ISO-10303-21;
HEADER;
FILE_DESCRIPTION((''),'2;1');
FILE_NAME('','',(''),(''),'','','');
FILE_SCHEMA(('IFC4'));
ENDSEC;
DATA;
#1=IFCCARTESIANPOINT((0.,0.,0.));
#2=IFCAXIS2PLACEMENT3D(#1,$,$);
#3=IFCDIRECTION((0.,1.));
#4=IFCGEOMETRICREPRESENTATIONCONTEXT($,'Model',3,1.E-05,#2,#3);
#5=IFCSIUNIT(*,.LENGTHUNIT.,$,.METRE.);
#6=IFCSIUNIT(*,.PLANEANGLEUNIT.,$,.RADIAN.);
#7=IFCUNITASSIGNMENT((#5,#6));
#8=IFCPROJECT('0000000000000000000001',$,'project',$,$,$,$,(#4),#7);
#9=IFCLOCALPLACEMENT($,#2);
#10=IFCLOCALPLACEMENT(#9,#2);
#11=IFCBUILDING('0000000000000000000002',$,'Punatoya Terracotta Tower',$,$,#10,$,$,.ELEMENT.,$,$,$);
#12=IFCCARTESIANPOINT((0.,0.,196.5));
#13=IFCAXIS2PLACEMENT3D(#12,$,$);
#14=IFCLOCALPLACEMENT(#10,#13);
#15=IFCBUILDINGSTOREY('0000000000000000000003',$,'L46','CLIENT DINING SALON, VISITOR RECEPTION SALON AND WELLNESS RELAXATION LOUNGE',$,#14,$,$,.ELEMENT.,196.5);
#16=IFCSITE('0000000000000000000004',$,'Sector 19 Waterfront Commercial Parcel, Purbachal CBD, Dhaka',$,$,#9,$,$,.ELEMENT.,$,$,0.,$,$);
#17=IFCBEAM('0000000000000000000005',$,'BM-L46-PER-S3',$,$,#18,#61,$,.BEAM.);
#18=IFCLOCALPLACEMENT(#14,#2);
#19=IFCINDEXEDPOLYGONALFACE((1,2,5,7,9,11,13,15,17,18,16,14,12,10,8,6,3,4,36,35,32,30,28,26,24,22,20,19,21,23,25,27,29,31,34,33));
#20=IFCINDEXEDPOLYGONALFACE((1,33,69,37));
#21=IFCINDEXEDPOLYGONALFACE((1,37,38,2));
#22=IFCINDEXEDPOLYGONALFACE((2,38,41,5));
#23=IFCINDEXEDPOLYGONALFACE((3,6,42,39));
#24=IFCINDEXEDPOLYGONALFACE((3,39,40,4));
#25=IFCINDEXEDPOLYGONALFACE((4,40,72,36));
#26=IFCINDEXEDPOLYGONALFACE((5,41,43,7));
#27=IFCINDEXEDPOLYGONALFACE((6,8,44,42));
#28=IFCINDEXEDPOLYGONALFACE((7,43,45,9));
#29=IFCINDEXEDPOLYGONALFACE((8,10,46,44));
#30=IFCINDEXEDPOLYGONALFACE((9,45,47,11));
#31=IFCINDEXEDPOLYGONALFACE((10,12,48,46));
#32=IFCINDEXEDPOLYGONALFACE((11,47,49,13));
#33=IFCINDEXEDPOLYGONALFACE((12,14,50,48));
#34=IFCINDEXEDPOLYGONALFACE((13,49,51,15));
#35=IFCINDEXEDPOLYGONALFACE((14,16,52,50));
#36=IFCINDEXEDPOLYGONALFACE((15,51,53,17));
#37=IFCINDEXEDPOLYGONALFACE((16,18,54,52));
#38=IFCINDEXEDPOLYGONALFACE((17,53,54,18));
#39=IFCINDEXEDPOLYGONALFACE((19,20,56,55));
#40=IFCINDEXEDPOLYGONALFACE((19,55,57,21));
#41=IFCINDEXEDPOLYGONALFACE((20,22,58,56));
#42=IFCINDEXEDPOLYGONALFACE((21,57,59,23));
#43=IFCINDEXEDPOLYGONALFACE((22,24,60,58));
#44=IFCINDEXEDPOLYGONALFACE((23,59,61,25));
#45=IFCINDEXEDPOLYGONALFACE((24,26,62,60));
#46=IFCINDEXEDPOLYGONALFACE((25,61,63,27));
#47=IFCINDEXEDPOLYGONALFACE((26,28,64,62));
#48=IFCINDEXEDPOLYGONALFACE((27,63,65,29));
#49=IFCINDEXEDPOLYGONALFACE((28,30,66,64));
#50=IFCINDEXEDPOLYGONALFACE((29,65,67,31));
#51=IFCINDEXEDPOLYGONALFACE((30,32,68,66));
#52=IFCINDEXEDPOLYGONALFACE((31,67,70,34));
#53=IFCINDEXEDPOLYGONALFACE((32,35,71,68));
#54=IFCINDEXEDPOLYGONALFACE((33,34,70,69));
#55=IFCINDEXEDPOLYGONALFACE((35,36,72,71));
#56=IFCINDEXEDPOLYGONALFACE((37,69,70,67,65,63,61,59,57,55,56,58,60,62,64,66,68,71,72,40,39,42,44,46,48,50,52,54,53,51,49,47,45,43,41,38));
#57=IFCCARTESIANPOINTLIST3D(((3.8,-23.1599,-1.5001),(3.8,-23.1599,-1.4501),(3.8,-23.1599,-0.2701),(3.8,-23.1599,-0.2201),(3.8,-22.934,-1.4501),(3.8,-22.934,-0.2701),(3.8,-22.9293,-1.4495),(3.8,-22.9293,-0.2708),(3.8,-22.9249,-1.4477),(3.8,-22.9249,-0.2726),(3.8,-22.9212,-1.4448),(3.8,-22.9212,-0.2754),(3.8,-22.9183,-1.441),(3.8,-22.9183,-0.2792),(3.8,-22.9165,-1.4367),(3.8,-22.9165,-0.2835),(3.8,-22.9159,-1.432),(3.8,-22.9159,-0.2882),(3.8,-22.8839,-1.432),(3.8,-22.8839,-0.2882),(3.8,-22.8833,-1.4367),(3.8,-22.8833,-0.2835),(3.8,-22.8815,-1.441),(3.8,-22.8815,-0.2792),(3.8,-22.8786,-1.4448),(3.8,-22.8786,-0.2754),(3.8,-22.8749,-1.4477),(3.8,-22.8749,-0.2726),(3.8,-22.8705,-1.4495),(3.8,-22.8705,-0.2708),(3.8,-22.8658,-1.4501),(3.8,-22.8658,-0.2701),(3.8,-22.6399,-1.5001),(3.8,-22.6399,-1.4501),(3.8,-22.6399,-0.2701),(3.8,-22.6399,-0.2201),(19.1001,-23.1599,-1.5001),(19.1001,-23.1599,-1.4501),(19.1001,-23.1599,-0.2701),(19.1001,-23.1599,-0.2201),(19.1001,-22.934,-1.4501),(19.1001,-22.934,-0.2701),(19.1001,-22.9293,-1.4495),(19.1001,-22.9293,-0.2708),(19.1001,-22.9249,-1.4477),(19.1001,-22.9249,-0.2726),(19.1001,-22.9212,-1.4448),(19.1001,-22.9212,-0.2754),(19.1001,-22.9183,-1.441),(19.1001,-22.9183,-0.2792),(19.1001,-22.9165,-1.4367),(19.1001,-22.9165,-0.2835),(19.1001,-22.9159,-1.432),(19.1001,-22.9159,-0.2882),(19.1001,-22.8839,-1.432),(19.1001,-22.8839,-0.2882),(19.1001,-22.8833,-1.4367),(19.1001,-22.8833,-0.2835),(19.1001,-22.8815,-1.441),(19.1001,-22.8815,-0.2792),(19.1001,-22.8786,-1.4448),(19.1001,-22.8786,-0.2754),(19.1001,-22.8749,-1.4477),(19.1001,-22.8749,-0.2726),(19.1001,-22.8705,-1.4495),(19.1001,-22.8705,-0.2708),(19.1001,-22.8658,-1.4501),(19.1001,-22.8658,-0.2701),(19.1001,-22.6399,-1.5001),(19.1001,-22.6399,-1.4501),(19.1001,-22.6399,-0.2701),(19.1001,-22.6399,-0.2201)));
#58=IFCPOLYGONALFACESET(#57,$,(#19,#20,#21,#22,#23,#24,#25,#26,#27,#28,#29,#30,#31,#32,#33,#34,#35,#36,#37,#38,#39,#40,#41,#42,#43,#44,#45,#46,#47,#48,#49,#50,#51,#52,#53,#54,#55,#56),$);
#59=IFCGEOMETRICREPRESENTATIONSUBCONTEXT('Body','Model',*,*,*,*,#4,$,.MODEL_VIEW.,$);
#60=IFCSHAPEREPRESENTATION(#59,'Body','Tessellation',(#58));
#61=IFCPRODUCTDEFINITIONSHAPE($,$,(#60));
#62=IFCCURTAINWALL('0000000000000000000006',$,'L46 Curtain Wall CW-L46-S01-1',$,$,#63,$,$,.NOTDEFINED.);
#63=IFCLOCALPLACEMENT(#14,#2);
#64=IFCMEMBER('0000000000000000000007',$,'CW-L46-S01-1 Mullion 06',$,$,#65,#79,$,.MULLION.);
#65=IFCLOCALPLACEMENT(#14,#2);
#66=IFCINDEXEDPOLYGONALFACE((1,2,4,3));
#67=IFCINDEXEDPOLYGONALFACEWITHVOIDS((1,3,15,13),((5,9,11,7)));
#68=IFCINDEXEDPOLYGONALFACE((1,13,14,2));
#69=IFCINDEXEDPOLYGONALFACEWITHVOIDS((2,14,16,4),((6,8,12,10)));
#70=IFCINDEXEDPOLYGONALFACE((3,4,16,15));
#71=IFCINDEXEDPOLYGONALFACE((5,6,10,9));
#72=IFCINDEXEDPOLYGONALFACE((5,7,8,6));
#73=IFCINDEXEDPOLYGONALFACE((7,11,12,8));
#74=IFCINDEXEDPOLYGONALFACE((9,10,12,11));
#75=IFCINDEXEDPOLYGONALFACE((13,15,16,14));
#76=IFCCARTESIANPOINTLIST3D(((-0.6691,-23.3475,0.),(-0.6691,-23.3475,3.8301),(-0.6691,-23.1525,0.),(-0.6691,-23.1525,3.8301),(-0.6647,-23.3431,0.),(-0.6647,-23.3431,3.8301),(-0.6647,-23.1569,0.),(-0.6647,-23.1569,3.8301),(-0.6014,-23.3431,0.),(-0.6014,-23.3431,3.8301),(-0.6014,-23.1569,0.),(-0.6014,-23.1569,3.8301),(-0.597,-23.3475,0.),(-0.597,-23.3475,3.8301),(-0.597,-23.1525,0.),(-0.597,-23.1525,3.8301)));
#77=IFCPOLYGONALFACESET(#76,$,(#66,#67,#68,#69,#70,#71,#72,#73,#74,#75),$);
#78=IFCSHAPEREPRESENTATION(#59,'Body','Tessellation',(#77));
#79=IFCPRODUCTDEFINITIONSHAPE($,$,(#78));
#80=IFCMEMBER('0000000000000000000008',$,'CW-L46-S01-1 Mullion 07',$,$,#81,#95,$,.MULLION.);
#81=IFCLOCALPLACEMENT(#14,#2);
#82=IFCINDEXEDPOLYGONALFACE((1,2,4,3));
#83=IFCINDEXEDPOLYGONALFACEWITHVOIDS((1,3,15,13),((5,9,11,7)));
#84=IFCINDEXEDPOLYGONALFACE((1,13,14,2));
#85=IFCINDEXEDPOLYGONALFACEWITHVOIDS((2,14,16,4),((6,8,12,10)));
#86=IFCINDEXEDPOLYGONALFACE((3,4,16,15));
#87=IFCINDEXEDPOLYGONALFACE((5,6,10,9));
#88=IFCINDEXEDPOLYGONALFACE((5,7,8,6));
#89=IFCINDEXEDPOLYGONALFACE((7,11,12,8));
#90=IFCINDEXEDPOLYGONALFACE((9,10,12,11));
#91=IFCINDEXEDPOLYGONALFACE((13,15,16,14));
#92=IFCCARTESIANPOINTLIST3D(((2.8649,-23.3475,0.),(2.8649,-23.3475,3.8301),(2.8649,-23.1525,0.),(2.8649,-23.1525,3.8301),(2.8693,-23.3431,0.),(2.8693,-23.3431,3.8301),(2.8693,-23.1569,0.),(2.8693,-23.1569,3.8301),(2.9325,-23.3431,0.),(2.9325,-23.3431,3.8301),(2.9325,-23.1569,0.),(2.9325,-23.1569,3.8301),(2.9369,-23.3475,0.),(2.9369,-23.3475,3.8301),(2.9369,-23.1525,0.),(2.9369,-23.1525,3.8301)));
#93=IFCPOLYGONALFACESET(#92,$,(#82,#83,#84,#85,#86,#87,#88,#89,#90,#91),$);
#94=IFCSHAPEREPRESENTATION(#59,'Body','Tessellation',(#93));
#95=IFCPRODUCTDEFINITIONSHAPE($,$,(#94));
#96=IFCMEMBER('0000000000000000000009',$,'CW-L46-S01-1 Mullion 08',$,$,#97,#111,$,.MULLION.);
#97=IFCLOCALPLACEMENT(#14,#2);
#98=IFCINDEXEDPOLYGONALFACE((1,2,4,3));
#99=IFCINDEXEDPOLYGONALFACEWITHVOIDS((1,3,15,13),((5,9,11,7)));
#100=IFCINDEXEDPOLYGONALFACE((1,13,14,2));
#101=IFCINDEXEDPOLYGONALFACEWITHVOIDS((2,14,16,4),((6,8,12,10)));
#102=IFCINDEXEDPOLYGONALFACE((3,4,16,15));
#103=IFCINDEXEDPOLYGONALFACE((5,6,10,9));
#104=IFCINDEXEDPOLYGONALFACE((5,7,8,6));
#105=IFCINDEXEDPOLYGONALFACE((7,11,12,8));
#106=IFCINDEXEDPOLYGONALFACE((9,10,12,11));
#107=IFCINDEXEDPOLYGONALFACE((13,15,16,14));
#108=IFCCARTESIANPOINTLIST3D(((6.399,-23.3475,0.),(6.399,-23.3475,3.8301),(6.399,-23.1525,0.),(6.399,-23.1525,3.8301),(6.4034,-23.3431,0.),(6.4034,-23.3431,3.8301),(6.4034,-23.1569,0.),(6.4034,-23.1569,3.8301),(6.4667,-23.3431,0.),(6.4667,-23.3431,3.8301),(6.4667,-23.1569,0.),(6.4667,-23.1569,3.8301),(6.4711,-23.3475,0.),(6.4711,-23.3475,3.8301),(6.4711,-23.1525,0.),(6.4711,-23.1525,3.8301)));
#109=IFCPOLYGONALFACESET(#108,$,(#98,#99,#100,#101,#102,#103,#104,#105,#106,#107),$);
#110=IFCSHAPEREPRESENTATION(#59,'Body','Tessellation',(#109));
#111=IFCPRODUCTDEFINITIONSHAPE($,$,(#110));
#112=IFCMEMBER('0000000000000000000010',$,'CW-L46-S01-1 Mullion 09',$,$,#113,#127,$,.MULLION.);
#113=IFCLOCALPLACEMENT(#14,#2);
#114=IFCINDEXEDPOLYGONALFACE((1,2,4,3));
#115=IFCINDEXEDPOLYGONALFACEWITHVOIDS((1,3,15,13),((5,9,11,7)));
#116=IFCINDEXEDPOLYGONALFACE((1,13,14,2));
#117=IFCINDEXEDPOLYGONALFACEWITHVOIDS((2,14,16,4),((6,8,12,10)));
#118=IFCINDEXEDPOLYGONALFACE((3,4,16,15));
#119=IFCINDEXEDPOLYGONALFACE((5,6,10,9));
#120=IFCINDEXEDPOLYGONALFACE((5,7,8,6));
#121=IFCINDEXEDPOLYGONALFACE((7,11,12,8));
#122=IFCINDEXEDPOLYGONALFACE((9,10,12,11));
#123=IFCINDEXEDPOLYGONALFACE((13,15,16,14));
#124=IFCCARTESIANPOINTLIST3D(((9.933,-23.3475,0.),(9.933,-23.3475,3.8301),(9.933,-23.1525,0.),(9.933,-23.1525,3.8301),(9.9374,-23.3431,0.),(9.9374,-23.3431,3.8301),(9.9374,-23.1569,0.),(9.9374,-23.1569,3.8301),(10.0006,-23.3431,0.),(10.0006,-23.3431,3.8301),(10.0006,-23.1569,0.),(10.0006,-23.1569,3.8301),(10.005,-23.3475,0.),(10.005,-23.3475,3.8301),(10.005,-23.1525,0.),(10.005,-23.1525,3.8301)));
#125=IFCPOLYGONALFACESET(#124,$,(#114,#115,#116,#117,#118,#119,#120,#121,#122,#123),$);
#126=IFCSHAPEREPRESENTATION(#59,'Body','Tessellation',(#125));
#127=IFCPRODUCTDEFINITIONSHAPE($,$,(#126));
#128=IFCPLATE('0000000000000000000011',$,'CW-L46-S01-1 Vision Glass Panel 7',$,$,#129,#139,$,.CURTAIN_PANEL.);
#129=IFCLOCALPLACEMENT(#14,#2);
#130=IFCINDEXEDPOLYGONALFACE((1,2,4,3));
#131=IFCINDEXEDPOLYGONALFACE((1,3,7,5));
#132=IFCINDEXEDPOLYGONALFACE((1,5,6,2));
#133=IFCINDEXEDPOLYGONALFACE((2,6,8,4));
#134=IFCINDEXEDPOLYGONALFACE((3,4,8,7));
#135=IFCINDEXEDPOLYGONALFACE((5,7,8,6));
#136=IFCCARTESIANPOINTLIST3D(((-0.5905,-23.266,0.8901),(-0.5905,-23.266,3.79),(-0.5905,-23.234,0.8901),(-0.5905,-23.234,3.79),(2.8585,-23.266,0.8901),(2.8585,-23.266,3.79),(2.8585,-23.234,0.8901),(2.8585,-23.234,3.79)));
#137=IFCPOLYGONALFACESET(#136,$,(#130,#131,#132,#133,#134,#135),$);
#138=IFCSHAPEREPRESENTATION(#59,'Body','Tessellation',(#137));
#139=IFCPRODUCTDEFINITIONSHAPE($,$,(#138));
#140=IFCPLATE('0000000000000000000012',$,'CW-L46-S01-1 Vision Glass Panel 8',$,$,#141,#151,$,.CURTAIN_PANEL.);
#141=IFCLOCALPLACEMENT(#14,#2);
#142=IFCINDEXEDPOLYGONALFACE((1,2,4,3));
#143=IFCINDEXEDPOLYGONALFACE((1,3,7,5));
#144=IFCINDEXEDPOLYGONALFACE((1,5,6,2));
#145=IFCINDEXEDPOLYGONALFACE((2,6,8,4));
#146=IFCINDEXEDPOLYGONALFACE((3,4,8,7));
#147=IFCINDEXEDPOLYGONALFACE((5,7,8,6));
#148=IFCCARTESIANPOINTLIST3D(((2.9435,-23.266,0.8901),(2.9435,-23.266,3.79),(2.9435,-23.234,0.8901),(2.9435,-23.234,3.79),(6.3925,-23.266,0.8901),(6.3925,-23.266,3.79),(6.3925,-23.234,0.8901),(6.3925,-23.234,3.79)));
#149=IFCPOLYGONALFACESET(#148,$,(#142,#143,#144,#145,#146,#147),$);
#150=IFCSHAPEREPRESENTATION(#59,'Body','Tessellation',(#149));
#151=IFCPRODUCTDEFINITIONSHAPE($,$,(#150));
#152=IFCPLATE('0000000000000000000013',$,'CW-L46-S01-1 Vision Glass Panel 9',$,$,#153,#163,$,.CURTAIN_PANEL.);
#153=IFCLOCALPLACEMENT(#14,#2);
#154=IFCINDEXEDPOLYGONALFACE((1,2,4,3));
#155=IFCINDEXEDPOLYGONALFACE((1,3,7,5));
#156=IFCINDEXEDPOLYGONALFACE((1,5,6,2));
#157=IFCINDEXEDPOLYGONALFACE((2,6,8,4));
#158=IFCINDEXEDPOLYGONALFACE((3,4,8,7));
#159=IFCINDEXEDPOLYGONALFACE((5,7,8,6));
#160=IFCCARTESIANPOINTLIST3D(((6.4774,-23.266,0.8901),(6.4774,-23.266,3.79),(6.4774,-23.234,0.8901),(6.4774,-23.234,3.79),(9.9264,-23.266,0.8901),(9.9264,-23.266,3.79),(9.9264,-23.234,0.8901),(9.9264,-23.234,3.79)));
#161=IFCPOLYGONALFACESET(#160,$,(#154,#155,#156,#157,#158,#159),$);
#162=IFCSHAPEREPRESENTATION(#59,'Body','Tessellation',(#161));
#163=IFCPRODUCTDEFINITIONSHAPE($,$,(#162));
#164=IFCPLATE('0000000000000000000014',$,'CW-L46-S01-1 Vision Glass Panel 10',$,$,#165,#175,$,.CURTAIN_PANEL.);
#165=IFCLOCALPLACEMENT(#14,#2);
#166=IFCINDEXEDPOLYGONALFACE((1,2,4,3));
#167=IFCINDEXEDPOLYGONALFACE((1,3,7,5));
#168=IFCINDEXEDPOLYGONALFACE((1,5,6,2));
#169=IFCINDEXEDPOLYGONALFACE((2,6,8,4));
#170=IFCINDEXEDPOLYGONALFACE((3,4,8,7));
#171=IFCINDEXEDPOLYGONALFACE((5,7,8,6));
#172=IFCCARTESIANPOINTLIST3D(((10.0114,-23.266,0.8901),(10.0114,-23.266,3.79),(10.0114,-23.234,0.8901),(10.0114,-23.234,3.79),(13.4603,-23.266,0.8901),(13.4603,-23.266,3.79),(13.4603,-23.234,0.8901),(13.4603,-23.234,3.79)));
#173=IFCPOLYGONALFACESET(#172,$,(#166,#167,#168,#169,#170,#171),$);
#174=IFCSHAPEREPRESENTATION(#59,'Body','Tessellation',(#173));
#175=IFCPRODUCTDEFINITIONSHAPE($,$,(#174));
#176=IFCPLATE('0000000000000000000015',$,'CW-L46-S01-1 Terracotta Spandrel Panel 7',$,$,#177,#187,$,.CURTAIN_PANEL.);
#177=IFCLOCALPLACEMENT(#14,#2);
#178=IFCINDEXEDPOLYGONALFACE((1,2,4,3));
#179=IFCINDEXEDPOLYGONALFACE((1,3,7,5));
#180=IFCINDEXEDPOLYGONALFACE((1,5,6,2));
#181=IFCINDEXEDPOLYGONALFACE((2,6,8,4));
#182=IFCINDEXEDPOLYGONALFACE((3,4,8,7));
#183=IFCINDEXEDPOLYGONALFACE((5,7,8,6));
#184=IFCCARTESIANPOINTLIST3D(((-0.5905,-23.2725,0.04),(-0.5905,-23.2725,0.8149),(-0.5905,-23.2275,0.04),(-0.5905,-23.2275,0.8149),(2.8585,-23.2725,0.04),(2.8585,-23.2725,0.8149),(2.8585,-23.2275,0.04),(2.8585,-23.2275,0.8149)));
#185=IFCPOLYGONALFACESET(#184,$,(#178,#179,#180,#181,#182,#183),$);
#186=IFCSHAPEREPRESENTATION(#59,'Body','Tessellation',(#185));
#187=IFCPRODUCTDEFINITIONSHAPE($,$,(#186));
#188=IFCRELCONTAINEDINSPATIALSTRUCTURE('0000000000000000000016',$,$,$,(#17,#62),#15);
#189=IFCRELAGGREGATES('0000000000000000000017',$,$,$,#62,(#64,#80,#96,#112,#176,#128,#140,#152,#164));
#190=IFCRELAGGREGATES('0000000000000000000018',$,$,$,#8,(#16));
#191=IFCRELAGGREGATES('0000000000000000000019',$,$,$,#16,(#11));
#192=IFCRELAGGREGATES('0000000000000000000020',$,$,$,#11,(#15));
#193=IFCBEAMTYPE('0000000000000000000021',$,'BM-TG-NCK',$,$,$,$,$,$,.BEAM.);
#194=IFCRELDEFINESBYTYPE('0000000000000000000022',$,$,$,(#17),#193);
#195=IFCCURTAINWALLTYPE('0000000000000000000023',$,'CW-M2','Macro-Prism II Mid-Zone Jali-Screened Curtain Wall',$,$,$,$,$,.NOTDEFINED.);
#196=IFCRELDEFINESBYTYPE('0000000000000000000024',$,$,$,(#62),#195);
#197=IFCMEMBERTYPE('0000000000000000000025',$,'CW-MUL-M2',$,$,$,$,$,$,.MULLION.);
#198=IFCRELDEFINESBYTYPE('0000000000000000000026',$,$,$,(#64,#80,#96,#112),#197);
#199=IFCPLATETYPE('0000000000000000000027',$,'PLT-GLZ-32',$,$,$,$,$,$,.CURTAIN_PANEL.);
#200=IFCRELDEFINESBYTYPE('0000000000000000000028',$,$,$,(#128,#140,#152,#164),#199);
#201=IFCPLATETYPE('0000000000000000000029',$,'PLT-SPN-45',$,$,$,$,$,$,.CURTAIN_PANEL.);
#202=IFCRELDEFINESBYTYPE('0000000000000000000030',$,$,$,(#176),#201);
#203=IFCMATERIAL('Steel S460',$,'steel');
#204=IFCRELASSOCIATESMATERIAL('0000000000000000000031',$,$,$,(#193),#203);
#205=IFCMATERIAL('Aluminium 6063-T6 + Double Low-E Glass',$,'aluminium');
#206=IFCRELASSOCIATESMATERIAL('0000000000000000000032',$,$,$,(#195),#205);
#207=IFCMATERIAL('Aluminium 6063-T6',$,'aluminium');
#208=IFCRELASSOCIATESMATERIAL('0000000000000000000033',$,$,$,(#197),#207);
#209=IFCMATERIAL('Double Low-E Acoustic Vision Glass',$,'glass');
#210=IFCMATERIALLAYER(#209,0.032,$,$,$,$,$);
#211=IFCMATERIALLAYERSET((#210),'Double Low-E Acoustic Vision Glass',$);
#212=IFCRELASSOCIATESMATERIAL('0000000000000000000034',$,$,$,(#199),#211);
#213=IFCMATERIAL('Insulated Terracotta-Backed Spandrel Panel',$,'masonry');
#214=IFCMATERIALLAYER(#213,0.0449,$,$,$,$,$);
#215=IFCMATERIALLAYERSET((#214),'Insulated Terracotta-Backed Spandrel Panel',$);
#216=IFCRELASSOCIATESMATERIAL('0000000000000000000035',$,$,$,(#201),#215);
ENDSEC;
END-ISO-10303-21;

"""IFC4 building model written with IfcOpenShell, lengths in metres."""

from ifc_helpers import new_model, si_unit, direction, frame, origin, origin_2d, place, context, subcontext, project, spatial, rectangle, hollow_rectangle, i_section, extrude, material, layer, layer_set, material_profile, profile_set, type_object, element, aggregate, save


model = new_model("IFC4")

# Units and contexts
model_context = context("Model", 3, precision=1e-05, world=origin(), true_north=direction((0.0, 1.0)))
body_context = subcontext(model_context, "Body", "Model", "MODEL_VIEW")
ifc_project = project(units=[si_unit("LENGTHUNIT", "METRE"), si_unit("PLANEANGLEUNIT", "RADIAN")], contexts=[model_context])

# Site, building, storey
site_placement = place(None, origin())
site = spatial("IfcSite", under=ifc_project, at=site_placement, Name="Sector 19 Waterfront Commercial Parcel, Purbachal CBD, Dhaka", CompositionType="ELEMENT", RefElevation=0.0)
building_placement = place(site_placement, origin())
building = spatial("IfcBuilding", under=site, at=building_placement, Name="Punatoya Terracotta Tower", CompositionType="ELEMENT")
storey_placement = place(building_placement, frame((0.0, 0.0, 196.5)))
storey = spatial("IfcBuildingStorey", under=building, at=storey_placement, Name="L46", Description="CLIENT DINING SALON, VISITOR RECEPTION SALON AND WELLNESS RELAXATION LOUNGE", CompositionType="ELEMENT", Elevation=196.5)

# Shared definitions
ifc_material_1 = material(Name="Steel S460", Category="steel")

# Beam
ifc_material_profile_1 = material_profile(ifc_material_1, i_section(OverallWidth=0.52, OverallDepth=1.28, WebThickness=0.032, FlangeThickness=0.05, FilletRadius=0.0181, at=origin_2d()))
ifc_profile_set_1 = profile_set([ifc_material_profile_1], Name="Steel S460")
beam_type_1 = type_object("IfcBeamType", Name="BM-TG-NCK", PredefinedType="BEAM", material=ifc_profile_set_1)
beam_1_placement = place(storey_placement, frame((3.8, -22.8999, -0.8601), z_axis=(1.0, 0.0, 0.0), x_axis=(0.0, 1.0, 0.0)))
element("IfcBeam", 1, at=beam_1_placement, inside=storey, type_object=beam_type_1, Name="BM-L46-PER-S3", PredefinedType="BEAM", context=body_context, shape_type="SweptSolid", body=[
    extrude(i_section(OverallWidth=0.52, OverallDepth=1.28, WebThickness=0.032, FlangeThickness=0.05, FilletRadius=0.0181, at=origin_2d()), origin(), (0.0, 0.0, 1.0), 15.3),
])

# Curtain wall, members, plates
ifc_material_2 = material(Name="Aluminium 6063-T6 + Double Low-E Glass", Category="aluminium")
curtain_wall_type = type_object("IfcCurtainWallType", Name="CW-M2", Description="Macro-Prism II Mid-Zone Jali-Screened Curtain Wall", PredefinedType="NOTDEFINED", material=ifc_material_2)
curtain_wall_placement = place(storey_placement, origin())
curtain_wall = element("IfcCurtainWall", 2, at=curtain_wall_placement, inside=storey, type_object=curtain_wall_type, Name="L46 Curtain Wall CW-L46-S01-1", PredefinedType="NOTDEFINED")
ifc_material_3 = material(Name="Aluminium 6063-T6", Category="aluminium")
ifc_material_profile_2 = material_profile(ifc_material_3, hollow_rectangle(XDim=0.072, YDim=0.1951, WallThickness=0.0044, at=origin_2d()))
ifc_profile_set_2 = profile_set([ifc_material_profile_2], Name="Aluminium 6063-T6")
member_type = type_object("IfcMemberType", Name="CW-MUL-M2", PredefinedType="MULLION", material=ifc_profile_set_2)
member_1_placement = place(storey_placement, frame((-0.6331, -23.25, 0.0), z_axis=(0.0, 0.0, 1.0), x_axis=(1.0, 0.0, 0.0)))
member_1 = element("IfcMember", 3, at=member_1_placement, type_object=member_type, Name="CW-L46-S01-1 Mullion 06", PredefinedType="MULLION", context=body_context, shape_type="SweptSolid", body=[
    extrude(hollow_rectangle(XDim=0.072, YDim=0.1951, WallThickness=0.0044, at=origin_2d()), origin(), (0.0, 0.0, 1.0), 3.8301),
])
member_2_placement = place(storey_placement, frame((2.9009, -23.25, 0.0), z_axis=(0.0, 0.0, 1.0), x_axis=(1.0, 0.0, 0.0)))
member_2 = element("IfcMember", 4, at=member_2_placement, type_object=member_type, Name="CW-L46-S01-1 Mullion 07", PredefinedType="MULLION", context=body_context, shape_type="SweptSolid", body=[
    extrude(hollow_rectangle(XDim=0.072, YDim=0.1951, WallThickness=0.0044, at=origin_2d()), origin(), (0.0, 0.0, 1.0), 3.8301),
])
member_3_placement = place(storey_placement, frame((6.4351, -23.25, 0.0), z_axis=(0.0, 0.0, 1.0), x_axis=(1.0, 0.0, 0.0)))
member_3 = element("IfcMember", 5, at=member_3_placement, type_object=member_type, Name="CW-L46-S01-1 Mullion 08", PredefinedType="MULLION", context=body_context, shape_type="SweptSolid", body=[
    extrude(hollow_rectangle(XDim=0.072, YDim=0.1951, WallThickness=0.0044, at=origin_2d()), origin(), (0.0, 0.0, 1.0), 3.8301),
])
member_4_placement = place(storey_placement, frame((9.969, -23.25, 0.0), z_axis=(0.0, 0.0, 1.0), x_axis=(1.0, 0.0, 0.0)))
member_4 = element("IfcMember", 6, at=member_4_placement, type_object=member_type, Name="CW-L46-S01-1 Mullion 09", PredefinedType="MULLION", context=body_context, shape_type="SweptSolid", body=[
    extrude(hollow_rectangle(XDim=0.072, YDim=0.1951, WallThickness=0.0044, at=origin_2d()), origin(), (0.0, 0.0, 1.0), 3.8301),
])
ifc_material_4 = material(Name="Double Low-E Acoustic Vision Glass", Category="glass")
ifc_layer_1 = layer(ifc_material_4, 0.032)
ifc_layer_set_1 = layer_set([ifc_layer_1], Name="Double Low-E Acoustic Vision Glass")
plate_type_1 = type_object("IfcPlateType", Name="PLT-GLZ-32", PredefinedType="CURTAIN_PANEL", material=ifc_layer_set_1)
plate_1_placement = place(storey_placement, frame((1.134, -23.25, 0.8901), z_axis=(0.0, 0.0, 1.0), x_axis=(1.0, 0.0, 0.0)))
plate_1 = element("IfcPlate", 7, at=plate_1_placement, type_object=plate_type_1, Name="CW-L46-S01-1 Vision Glass Panel 7", PredefinedType="CURTAIN_PANEL", context=body_context, shape_type="SweptSolid", body=[
    extrude(rectangle(XDim=3.449, YDim=0.032, at=origin_2d()), origin(), (0.0, 0.0, 1.0), 2.8999),
])
plate_2_placement = place(storey_placement, frame((4.668, -23.25, 0.8901), z_axis=(0.0, 0.0, 1.0), x_axis=(1.0, 0.0, 0.0)))
plate_2 = element("IfcPlate", 8, at=plate_2_placement, type_object=plate_type_1, Name="CW-L46-S01-1 Vision Glass Panel 8", PredefinedType="CURTAIN_PANEL", context=body_context, shape_type="SweptSolid", body=[
    extrude(rectangle(XDim=3.449, YDim=0.032, at=origin_2d()), origin(), (0.0, 0.0, 1.0), 2.8999),
])
plate_3_placement = place(storey_placement, frame((8.2019, -23.25, 0.8901), z_axis=(0.0, 0.0, 1.0), x_axis=(1.0, 0.0, 0.0)))
plate_3 = element("IfcPlate", 9, at=plate_3_placement, type_object=plate_type_1, Name="CW-L46-S01-1 Vision Glass Panel 9", PredefinedType="CURTAIN_PANEL", context=body_context, shape_type="SweptSolid", body=[
    extrude(rectangle(XDim=3.449, YDim=0.032, at=origin_2d()), origin(), (0.0, 0.0, 1.0), 2.8999),
])
plate_4_placement = place(storey_placement, frame((11.7358, -23.25, 0.8901), z_axis=(0.0, 0.0, 1.0), x_axis=(1.0, 0.0, 0.0)))
plate_4 = element("IfcPlate", 10, at=plate_4_placement, type_object=plate_type_1, Name="CW-L46-S01-1 Vision Glass Panel 10", PredefinedType="CURTAIN_PANEL", context=body_context, shape_type="SweptSolid", body=[
    extrude(rectangle(XDim=3.449, YDim=0.032, at=origin_2d()), origin(), (0.0, 0.0, 1.0), 2.8999),
])
ifc_material_5 = material(Name="Insulated Terracotta-Backed Spandrel Panel", Category="masonry")
ifc_layer_2 = layer(ifc_material_5, 0.0449)
ifc_layer_set_2 = layer_set([ifc_layer_2], Name="Insulated Terracotta-Backed Spandrel Panel")
plate_type_2 = type_object("IfcPlateType", Name="PLT-SPN-45", PredefinedType="CURTAIN_PANEL", material=ifc_layer_set_2)
plate_5_placement = place(storey_placement, frame((1.134, -23.25, 0.04), z_axis=(0.0, 0.0, 1.0), x_axis=(1.0, 0.0, 0.0)))
plate_5 = element("IfcPlate", 11, at=plate_5_placement, type_object=plate_type_2, Name="CW-L46-S01-1 Terracotta Spandrel Panel 7", PredefinedType="CURTAIN_PANEL", context=body_context, shape_type="SweptSolid", body=[
    extrude(rectangle(XDim=3.449, YDim=0.0449, at=origin_2d()), origin(), (0.0, 0.0, 1.0), 0.7749),
])
aggregate(curtain_wall, [member_1, member_2, member_3, member_4, plate_5, plate_1, plate_2, plate_3, plate_4])

save(model, "model.ifc")
